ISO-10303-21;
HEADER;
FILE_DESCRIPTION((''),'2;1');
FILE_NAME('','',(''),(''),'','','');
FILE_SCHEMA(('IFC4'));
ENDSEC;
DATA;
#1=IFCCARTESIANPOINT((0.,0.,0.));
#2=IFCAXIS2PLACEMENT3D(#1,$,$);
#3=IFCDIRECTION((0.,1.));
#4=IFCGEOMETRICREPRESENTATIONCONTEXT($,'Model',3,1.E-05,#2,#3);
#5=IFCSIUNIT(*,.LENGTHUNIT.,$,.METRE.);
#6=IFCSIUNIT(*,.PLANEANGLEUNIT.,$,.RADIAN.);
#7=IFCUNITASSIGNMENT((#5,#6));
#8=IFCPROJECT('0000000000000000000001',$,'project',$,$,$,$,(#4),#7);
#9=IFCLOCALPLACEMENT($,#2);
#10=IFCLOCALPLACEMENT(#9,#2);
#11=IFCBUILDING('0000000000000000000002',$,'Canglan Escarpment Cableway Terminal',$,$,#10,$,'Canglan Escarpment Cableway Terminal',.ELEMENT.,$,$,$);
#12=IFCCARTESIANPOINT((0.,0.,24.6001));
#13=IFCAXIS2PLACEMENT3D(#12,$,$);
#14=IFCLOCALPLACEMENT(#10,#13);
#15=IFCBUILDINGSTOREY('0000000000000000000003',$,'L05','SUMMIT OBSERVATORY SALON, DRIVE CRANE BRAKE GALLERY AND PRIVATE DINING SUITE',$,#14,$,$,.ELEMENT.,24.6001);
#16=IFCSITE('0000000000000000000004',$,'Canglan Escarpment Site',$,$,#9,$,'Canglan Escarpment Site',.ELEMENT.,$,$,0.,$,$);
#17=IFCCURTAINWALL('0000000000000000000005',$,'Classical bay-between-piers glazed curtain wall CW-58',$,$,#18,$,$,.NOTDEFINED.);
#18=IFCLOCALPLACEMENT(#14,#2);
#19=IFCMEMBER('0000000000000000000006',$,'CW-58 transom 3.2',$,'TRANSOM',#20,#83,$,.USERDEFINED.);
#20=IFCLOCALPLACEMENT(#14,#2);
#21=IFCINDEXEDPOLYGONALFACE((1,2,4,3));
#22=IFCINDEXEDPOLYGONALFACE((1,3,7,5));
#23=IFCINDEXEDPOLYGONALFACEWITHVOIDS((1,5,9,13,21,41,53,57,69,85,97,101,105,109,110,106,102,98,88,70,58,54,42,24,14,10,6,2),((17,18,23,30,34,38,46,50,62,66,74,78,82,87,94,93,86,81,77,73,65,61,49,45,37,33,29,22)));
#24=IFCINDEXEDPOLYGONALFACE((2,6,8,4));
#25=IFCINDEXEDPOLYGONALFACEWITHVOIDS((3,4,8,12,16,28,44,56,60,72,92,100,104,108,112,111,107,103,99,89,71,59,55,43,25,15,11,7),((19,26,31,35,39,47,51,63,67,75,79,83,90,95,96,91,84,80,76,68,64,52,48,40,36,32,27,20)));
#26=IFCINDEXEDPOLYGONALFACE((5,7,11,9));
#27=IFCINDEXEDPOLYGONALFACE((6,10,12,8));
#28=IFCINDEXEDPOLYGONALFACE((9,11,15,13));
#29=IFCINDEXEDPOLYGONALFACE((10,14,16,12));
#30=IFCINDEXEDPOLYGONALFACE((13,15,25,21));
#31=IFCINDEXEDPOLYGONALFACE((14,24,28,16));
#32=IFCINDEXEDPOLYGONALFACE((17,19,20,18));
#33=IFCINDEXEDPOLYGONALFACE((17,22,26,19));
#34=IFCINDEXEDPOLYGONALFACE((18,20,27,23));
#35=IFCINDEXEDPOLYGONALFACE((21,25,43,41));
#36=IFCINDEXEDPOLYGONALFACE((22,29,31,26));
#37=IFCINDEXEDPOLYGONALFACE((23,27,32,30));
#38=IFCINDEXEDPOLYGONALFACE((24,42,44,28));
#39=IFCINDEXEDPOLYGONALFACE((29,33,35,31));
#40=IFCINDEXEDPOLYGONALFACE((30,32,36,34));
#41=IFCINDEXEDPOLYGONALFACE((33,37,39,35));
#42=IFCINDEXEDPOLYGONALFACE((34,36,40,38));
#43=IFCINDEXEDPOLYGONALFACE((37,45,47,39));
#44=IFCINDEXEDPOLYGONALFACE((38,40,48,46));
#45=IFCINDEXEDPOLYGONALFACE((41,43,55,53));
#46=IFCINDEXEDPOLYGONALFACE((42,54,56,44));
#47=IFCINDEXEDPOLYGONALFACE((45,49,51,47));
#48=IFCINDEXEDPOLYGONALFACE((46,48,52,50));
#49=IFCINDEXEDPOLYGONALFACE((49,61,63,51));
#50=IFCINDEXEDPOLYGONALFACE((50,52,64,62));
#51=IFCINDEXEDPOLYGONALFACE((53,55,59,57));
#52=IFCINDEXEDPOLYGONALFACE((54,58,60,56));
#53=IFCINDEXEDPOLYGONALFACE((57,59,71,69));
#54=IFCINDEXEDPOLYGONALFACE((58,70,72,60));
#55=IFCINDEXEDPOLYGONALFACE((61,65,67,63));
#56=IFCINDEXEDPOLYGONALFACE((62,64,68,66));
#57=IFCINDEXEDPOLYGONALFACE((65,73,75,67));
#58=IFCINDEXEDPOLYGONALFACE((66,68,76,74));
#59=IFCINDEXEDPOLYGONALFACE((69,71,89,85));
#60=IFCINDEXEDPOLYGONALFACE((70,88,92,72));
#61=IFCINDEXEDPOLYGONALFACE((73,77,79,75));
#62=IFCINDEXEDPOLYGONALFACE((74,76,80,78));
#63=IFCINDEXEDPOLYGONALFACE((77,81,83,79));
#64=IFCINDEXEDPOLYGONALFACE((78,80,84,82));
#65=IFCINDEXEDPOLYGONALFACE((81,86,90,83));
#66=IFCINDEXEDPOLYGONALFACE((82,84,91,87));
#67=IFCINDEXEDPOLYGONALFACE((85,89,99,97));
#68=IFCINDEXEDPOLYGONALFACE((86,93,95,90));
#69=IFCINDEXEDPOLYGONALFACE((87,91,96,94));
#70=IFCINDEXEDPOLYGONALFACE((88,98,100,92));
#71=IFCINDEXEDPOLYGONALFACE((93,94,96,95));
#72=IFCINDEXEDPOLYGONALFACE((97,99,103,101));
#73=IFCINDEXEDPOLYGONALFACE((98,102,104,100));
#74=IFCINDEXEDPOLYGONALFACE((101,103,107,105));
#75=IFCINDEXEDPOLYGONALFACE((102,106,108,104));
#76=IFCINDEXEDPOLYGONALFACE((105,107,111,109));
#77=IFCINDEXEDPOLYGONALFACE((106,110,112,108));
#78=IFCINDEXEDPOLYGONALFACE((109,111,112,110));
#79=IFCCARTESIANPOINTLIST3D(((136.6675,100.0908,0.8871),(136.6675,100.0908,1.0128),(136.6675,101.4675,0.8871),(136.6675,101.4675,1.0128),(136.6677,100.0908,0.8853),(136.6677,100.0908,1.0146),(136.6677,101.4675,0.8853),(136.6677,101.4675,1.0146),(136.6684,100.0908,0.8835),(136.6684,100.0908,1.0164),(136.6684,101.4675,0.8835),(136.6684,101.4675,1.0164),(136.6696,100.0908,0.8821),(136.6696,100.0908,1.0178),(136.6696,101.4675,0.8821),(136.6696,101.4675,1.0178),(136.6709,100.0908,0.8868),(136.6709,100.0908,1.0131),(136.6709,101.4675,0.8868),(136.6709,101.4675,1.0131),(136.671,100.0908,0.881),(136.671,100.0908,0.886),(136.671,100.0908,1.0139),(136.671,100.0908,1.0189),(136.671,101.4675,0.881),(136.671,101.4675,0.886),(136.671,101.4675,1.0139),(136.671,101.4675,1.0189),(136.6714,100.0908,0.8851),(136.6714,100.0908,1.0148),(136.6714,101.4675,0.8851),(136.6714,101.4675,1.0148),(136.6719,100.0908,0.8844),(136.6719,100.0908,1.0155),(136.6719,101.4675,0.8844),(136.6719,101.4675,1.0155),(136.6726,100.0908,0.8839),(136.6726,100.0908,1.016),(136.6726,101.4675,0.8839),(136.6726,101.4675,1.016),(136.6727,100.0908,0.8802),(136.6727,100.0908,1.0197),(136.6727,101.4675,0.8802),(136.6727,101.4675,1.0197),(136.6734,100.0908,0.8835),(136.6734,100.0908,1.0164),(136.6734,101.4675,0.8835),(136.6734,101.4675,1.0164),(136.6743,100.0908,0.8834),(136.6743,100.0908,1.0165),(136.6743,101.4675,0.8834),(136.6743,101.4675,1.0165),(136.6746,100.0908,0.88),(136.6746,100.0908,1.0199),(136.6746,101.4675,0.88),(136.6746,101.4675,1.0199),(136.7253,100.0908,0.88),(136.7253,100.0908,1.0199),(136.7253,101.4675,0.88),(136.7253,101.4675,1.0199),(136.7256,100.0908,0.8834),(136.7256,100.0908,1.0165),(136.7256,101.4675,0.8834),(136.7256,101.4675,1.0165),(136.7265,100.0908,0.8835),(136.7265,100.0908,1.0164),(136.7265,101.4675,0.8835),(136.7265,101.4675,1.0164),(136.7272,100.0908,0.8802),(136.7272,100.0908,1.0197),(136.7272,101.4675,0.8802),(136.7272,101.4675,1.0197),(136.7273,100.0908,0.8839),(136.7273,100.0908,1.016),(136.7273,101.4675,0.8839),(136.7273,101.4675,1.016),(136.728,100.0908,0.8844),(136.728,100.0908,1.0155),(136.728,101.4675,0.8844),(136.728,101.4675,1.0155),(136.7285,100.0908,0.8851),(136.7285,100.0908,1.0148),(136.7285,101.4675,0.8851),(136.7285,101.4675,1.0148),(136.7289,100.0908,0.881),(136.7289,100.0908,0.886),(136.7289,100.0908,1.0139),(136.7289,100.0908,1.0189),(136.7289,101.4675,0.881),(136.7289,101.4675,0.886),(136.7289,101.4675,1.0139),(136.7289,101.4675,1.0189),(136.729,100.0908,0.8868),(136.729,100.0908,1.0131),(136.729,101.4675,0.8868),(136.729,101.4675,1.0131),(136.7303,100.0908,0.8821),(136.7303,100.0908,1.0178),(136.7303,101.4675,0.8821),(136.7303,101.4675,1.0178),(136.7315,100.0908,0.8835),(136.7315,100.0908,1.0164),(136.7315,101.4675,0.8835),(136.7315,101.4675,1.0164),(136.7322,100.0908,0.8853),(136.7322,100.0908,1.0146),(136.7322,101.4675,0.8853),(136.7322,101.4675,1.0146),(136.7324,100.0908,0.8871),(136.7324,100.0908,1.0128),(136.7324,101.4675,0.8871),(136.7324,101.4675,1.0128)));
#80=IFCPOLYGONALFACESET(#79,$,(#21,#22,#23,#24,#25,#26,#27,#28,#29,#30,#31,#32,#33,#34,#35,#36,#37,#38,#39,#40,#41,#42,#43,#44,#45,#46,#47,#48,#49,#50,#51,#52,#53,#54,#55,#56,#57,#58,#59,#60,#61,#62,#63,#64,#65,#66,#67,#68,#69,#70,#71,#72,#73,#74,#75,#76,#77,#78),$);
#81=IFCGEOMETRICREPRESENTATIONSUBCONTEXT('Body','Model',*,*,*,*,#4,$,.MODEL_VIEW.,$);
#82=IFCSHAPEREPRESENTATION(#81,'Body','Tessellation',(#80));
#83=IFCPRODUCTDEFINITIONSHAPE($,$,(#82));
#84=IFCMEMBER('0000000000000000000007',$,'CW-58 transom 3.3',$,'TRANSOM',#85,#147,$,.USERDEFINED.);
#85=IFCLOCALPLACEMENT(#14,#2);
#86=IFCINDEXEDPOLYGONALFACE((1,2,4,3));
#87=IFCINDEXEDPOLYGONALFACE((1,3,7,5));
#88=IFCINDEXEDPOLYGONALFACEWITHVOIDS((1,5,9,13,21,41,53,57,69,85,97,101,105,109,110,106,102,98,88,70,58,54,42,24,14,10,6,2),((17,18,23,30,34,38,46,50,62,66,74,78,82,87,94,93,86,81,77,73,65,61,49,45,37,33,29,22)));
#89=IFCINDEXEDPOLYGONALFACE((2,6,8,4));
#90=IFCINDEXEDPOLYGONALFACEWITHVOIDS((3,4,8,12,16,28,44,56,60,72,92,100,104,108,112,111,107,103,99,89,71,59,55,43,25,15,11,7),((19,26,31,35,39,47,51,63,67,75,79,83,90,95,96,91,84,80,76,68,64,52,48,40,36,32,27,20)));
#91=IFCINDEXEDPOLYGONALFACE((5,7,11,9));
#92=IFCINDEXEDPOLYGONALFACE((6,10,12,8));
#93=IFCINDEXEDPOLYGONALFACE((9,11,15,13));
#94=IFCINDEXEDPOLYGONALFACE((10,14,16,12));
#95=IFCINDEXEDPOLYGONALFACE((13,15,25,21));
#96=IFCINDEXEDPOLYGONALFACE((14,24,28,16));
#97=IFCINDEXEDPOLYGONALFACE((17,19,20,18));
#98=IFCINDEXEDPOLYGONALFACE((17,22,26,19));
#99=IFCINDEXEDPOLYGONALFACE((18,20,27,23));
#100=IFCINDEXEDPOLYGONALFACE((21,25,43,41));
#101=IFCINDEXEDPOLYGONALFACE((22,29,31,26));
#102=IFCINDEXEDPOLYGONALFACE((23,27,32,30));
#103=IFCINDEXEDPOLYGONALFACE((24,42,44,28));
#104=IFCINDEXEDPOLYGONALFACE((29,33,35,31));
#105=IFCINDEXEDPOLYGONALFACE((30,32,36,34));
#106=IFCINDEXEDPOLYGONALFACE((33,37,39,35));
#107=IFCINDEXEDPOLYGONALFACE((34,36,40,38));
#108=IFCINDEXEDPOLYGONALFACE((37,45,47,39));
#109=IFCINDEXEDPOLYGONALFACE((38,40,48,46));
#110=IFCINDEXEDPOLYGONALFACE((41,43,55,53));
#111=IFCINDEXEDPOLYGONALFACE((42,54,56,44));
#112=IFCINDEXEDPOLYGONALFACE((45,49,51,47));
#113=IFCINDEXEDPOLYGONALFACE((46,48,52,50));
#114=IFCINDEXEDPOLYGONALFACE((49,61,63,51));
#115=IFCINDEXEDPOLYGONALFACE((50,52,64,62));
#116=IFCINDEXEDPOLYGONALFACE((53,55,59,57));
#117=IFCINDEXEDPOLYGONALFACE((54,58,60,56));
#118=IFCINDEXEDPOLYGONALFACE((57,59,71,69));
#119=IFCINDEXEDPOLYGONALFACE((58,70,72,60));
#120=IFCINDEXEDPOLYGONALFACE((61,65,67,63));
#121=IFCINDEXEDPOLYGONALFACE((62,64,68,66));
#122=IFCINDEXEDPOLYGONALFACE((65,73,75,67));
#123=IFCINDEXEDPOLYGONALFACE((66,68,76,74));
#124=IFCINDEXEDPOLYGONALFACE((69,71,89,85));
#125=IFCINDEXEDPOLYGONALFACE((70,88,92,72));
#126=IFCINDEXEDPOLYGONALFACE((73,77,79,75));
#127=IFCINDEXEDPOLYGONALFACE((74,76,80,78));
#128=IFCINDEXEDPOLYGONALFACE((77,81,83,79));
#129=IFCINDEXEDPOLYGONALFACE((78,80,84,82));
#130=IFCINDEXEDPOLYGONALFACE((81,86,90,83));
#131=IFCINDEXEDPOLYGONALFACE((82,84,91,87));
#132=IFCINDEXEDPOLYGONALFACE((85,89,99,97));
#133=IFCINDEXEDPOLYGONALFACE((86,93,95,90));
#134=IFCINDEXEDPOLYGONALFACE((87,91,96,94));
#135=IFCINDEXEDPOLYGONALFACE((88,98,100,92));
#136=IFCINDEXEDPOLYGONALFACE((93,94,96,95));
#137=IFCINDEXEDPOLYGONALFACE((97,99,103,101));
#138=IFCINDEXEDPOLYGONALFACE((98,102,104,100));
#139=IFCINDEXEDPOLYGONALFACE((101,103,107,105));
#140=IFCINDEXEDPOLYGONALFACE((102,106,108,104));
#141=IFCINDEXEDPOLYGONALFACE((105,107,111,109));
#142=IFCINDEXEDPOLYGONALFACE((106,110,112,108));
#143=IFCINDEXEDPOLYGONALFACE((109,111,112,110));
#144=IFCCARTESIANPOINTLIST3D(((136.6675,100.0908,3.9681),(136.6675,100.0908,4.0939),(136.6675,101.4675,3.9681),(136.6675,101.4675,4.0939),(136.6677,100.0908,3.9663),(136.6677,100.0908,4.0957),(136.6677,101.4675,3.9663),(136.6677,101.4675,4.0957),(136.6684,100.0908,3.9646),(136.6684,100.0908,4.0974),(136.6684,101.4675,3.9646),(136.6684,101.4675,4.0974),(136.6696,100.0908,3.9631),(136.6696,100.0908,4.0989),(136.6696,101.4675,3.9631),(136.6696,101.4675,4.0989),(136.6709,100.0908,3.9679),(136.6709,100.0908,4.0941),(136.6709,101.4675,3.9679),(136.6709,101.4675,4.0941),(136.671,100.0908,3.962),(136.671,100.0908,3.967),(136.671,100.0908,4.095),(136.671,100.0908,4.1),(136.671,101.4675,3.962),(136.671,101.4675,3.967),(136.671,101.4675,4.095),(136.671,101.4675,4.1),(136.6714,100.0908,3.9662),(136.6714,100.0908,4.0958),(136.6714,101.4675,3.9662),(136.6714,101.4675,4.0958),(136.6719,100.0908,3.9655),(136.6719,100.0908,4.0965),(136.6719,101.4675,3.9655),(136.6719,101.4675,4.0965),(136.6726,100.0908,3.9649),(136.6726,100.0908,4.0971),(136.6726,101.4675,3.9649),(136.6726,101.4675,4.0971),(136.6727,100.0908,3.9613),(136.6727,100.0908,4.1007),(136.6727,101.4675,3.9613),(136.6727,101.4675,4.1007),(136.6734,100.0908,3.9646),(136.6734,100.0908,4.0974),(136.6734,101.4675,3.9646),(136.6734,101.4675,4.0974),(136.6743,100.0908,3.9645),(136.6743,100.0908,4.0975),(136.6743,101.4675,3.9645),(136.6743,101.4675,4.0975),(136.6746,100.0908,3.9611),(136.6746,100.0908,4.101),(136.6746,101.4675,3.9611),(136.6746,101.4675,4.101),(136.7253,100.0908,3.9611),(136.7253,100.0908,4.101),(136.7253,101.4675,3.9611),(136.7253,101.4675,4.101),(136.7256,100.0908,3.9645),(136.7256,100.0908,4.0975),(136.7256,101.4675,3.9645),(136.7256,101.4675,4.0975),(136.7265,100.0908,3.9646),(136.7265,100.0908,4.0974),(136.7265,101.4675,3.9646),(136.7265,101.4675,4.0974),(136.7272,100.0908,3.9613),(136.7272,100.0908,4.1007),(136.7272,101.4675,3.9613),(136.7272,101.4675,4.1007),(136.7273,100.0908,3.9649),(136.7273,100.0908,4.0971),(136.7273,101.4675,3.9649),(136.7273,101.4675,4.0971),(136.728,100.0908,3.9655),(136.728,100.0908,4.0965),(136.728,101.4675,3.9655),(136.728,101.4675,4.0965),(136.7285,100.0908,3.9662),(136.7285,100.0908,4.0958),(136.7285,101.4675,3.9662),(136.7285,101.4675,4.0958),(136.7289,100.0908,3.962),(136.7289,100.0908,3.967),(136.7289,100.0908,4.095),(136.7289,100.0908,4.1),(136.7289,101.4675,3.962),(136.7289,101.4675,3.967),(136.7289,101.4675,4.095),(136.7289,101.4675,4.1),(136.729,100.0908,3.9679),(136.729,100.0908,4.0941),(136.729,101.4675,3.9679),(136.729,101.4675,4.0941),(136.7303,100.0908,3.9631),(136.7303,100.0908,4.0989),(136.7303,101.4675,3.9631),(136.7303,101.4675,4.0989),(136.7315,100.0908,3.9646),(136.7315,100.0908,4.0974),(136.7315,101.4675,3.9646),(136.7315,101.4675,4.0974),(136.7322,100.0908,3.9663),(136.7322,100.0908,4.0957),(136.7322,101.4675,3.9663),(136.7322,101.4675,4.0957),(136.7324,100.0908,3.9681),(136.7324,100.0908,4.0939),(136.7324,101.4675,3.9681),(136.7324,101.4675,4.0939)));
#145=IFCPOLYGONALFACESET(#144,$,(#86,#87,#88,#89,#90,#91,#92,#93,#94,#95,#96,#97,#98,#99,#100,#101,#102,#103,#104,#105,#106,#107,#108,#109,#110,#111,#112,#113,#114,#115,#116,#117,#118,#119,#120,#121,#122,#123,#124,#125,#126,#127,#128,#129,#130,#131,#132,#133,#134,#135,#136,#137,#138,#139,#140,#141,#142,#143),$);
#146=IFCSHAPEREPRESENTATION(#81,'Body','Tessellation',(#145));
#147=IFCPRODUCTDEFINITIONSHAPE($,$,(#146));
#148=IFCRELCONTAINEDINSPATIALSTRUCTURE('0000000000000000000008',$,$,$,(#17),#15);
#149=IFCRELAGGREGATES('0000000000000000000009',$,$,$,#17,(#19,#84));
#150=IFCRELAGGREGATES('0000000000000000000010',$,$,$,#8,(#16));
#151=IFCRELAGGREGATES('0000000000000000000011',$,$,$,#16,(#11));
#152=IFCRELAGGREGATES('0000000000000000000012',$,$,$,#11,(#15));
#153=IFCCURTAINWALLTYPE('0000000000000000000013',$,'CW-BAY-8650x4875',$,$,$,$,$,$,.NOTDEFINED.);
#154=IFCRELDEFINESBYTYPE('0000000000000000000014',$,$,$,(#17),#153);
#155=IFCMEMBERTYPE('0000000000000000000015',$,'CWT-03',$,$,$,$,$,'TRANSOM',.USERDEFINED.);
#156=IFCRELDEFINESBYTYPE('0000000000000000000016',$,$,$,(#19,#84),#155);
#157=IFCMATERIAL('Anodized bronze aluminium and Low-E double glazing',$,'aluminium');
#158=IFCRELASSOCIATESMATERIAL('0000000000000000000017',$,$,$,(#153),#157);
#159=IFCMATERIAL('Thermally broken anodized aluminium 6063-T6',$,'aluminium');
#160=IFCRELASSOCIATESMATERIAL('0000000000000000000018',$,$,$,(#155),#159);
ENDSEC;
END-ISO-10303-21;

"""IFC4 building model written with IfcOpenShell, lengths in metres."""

from ifc_helpers import new_model, si_unit, direction, frame, origin, origin_2d, place, context, subcontext, project, spatial, hollow_rectangle, extrude, material, material_profile, profile_set, type_object, element, aggregate, save


model = new_model("IFC4")

# Units and contexts
model_context = context("Model", 3, precision=1e-05, world=origin(), true_north=direction((0.0, 1.0)))
body_context = subcontext(model_context, "Body", "Model", "MODEL_VIEW")
ifc_project = project(units=[si_unit("LENGTHUNIT", "METRE"), si_unit("PLANEANGLEUNIT", "RADIAN")], contexts=[model_context])

# Site, building, storey
site_placement = place(None, origin())
site = spatial("IfcSite", under=ifc_project, at=site_placement, Name="Canglan Escarpment Site", LongName="Canglan Escarpment Site", CompositionType="ELEMENT", RefElevation=0.0)
building_placement = place(site_placement, origin())
building = spatial("IfcBuilding", under=site, at=building_placement, Name="Canglan Escarpment Cableway Terminal", LongName="Canglan Escarpment Cableway Terminal", CompositionType="ELEMENT")
storey_placement = place(building_placement, frame((0.0, 0.0, 24.6001)))
storey = spatial("IfcBuildingStorey", under=building, at=storey_placement, Name="L05", Description="SUMMIT OBSERVATORY SALON, DRIVE CRANE BRAKE GALLERY AND PRIVATE DINING SUITE", CompositionType="ELEMENT", Elevation=24.6001)

# Curtain wall, members
ifc_material_1 = material(Name="Anodized bronze aluminium and Low-E double glazing", Category="aluminium")
curtain_wall_type = type_object("IfcCurtainWallType", Name="CW-BAY-8650x4875", PredefinedType="NOTDEFINED", material=ifc_material_1)
curtain_wall_placement = place(storey_placement, origin())
curtain_wall = element("IfcCurtainWall", 1, at=curtain_wall_placement, inside=storey, type_object=curtain_wall_type, Name="Classical bay-between-piers glazed curtain wall CW-58", PredefinedType="NOTDEFINED")
ifc_material_2 = material(Name="Thermally broken anodized aluminium 6063-T6", Category="aluminium")
ifc_material_profile_1 = material_profile(ifc_material_2, hollow_rectangle(XDim=0.0649, YDim=0.1399, WallThickness=0.0034, InnerFilletRadius=0.0034, OuterFilletRadius=0.0071, at=origin_2d()), Name="ALU-TRAN 65x140x3.5")
ifc_profile_set_1 = profile_set([ifc_material_profile_1], Name="Thermally broken anodized aluminium 6063-T6")
member_type_1 = type_object("IfcMemberType", Name="CWT-03", ElementType="TRANSOM", PredefinedType="USERDEFINED", material=ifc_profile_set_1)
member_1_placement = place(storey_placement, frame((136.7, 100.0908, 0.95), z_axis=(0.0, 1.0, 0.0), x_axis=(-1.0, 0.0, 0.0)))
member_1 = element("IfcMember", 2, at=member_1_placement, type_object=member_type_1, Name="CW-58 transom 3.2", ObjectType="TRANSOM", PredefinedType="USERDEFINED", context=body_context, shape_type="SweptSolid", body=[
    extrude(hollow_rectangle(XDim=0.0649, YDim=0.1399, WallThickness=0.0034, InnerFilletRadius=0.0034, OuterFilletRadius=0.0071, at=origin_2d()), origin(), (0.0, 0.0, 1.0), 1.3767),
])
member_2_placement = place(storey_placement, frame((136.7, 100.0908, 4.031), z_axis=(0.0, 1.0, 0.0), x_axis=(-1.0, 0.0, 0.0)))
member_2 = element("IfcMember", 3, at=member_2_placement, type_object=member_type_1, Name="CW-58 transom 3.3", ObjectType="TRANSOM", PredefinedType="USERDEFINED", context=body_context, shape_type="SweptSolid", body=[
    extrude(hollow_rectangle(XDim=0.0649, YDim=0.1399, WallThickness=0.0034, InnerFilletRadius=0.0034, OuterFilletRadius=0.0071, at=origin_2d()), origin(), (0.0, 0.0, 1.0), 1.3767),
])
aggregate(curtain_wall, [member_1, member_2])

save(model, "model.ifc")
